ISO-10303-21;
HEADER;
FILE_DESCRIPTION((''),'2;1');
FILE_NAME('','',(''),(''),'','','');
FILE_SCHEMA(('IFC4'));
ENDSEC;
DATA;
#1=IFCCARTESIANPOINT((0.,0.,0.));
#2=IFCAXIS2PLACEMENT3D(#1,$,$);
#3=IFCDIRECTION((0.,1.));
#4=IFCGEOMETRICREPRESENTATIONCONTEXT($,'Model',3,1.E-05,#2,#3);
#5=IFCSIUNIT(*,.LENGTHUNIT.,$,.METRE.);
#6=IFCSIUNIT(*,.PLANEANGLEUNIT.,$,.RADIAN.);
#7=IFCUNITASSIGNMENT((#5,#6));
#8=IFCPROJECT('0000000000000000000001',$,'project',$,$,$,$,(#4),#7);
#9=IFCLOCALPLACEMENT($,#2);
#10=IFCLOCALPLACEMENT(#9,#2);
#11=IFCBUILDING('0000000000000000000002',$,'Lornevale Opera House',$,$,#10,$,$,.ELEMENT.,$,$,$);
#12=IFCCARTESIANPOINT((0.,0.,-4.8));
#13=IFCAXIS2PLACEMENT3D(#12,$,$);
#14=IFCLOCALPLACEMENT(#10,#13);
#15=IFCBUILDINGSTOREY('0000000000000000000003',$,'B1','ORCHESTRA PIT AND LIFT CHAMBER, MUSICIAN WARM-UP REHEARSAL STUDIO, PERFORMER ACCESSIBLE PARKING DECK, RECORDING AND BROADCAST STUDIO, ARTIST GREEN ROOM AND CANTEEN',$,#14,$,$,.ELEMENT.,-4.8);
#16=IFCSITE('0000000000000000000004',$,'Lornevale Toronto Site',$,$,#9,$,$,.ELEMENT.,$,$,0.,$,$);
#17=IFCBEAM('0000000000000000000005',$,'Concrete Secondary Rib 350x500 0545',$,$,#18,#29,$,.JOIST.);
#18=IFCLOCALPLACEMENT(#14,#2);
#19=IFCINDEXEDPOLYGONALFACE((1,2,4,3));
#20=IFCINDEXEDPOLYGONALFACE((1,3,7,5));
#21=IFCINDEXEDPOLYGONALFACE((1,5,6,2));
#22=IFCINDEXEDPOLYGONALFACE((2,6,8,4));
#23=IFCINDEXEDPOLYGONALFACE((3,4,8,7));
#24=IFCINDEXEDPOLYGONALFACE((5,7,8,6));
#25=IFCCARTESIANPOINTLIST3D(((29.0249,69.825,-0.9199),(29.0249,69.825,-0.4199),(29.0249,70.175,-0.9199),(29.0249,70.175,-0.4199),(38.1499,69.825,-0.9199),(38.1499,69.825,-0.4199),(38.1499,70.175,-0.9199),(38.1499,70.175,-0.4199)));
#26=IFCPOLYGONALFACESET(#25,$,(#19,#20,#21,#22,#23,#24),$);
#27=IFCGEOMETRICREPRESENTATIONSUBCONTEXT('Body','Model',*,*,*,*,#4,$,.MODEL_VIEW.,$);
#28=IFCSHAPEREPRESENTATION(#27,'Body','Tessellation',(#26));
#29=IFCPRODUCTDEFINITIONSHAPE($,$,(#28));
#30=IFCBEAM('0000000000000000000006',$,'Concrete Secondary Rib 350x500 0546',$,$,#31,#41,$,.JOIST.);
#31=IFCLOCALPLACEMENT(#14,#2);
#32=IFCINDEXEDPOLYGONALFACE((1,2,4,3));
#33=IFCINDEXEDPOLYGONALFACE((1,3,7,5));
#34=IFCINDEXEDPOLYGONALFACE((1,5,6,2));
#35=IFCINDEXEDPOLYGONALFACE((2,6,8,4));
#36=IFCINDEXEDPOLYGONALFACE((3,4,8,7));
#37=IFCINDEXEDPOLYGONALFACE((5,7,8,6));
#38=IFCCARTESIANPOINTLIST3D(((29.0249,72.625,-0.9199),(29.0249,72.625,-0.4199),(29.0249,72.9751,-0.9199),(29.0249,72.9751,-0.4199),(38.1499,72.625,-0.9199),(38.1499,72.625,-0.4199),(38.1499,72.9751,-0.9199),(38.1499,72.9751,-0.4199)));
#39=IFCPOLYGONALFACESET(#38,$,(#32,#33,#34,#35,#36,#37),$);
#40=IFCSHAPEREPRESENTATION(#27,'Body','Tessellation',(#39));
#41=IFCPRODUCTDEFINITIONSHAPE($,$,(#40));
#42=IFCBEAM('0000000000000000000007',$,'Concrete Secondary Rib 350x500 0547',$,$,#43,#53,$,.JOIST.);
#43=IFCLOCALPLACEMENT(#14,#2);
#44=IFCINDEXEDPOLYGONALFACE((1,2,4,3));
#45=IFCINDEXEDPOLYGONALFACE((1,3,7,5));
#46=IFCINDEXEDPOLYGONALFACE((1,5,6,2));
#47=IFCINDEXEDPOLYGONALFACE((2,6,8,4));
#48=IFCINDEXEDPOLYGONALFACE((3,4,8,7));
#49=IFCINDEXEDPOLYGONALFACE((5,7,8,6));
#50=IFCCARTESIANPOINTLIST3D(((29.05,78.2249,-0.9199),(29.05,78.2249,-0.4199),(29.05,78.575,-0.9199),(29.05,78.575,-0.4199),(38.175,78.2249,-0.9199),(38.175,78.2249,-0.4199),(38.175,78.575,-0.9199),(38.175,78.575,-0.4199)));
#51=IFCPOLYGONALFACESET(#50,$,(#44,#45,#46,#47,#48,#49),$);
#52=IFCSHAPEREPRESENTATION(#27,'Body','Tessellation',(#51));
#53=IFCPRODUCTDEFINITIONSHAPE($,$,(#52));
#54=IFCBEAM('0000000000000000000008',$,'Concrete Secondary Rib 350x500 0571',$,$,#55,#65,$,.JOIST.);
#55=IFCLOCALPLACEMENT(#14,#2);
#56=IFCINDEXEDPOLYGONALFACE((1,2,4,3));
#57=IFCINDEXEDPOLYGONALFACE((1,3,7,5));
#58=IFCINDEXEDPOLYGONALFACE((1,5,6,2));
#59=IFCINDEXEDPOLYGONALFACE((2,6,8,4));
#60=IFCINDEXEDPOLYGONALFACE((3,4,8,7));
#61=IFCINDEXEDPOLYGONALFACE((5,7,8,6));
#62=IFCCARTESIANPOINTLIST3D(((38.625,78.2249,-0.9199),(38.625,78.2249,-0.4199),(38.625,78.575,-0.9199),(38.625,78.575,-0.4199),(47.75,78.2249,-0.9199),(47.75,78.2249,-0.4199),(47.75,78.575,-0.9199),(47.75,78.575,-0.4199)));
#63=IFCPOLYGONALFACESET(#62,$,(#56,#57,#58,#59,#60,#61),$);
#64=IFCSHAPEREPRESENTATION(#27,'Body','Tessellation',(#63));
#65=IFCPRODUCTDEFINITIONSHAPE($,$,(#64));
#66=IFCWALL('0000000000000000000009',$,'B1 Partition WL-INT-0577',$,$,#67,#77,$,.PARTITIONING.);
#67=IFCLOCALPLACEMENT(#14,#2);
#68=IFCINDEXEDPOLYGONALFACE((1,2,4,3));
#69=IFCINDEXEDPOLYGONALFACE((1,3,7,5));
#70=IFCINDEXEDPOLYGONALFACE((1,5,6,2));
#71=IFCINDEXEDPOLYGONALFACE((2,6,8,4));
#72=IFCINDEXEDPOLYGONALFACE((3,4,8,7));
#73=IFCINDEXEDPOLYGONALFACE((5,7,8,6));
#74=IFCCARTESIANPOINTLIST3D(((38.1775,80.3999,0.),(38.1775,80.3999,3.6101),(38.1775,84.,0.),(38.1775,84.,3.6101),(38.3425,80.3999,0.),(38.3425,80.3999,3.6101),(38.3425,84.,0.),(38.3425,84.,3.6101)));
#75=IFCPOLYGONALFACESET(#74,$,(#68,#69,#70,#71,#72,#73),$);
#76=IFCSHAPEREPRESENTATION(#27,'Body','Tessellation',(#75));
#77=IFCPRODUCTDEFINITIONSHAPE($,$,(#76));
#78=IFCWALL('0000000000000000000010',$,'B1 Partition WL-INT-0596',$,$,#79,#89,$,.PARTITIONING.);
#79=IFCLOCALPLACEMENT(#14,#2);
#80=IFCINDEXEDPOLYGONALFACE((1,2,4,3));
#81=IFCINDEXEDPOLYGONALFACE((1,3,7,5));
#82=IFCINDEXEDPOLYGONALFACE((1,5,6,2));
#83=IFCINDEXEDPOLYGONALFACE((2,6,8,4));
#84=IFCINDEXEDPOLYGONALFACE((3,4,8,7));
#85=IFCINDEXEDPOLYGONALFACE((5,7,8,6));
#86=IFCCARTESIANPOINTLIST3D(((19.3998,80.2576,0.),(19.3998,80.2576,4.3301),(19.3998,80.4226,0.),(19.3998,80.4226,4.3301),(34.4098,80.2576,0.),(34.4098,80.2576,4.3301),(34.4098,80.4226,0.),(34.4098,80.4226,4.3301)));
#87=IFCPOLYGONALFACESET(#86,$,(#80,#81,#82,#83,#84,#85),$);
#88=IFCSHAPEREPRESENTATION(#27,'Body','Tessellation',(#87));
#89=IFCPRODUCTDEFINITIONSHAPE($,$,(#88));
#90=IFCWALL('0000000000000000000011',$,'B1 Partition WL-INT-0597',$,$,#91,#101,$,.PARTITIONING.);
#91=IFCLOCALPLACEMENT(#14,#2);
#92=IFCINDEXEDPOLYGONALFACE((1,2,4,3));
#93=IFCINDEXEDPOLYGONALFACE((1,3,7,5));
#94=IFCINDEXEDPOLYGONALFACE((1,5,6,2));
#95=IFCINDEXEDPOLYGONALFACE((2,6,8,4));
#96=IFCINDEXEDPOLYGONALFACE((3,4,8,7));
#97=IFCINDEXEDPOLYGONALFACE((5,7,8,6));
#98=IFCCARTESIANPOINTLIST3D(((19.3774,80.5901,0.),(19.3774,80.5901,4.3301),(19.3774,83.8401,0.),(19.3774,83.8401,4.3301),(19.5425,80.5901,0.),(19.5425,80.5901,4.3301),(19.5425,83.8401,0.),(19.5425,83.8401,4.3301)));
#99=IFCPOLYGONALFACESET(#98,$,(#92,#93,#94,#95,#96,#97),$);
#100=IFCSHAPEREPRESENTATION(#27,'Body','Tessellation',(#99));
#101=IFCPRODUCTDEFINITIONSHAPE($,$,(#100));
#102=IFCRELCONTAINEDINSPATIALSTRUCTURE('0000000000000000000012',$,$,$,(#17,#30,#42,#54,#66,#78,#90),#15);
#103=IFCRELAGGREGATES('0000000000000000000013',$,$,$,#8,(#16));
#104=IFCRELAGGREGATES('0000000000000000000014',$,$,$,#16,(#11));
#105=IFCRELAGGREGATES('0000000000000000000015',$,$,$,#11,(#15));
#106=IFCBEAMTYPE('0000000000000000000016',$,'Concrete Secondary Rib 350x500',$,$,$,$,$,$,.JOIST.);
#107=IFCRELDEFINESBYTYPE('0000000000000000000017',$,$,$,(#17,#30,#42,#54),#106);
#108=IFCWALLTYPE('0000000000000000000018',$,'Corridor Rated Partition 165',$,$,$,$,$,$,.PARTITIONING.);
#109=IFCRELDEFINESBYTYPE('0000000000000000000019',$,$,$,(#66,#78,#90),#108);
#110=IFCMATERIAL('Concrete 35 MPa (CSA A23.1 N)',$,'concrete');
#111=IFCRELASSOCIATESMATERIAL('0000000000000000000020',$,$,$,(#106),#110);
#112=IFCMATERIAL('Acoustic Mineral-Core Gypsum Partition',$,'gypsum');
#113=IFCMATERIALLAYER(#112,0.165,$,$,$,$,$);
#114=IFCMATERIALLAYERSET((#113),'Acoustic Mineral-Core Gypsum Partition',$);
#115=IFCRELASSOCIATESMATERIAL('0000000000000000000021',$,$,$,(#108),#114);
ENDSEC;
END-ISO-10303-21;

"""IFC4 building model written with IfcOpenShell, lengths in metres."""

from ifc_helpers import new_model, si_unit, direction, frame, frame_2d, origin, origin_2d, place, context, subcontext, project, spatial, rectangle, extrude, material, layer, layer_set, material_profile, profile_set, type_object, element, save


model = new_model("IFC4")

# Units and contexts
model_context = context("Model", 3, precision=1e-05, world=origin(), true_north=direction((0.0, 1.0)))
body_context = subcontext(model_context, "Body", "Model", "MODEL_VIEW")
ifc_project = project(units=[si_unit("LENGTHUNIT", "METRE"), si_unit("PLANEANGLEUNIT", "RADIAN")], contexts=[model_context])

# Site, building, storey
site_placement = place(None, origin())
site = spatial("IfcSite", under=ifc_project, at=site_placement, Name="Lornevale Toronto Site", CompositionType="ELEMENT", RefElevation=0.0)
building_placement = place(site_placement, origin())
building = spatial("IfcBuilding", under=site, at=building_placement, Name="Lornevale Opera House", CompositionType="ELEMENT")
storey_placement = place(building_placement, frame((0.0, 0.0, -4.8)))
storey = spatial("IfcBuildingStorey", under=building, at=storey_placement, Name="B1", Description="ORCHESTRA PIT AND LIFT CHAMBER, MUSICIAN WARM-UP REHEARSAL STUDIO, PERFORMER ACCESSIBLE PARKING DECK, RECORDING AND BROADCAST STUDIO, ARTIST GREEN ROOM AND CANTEEN", CompositionType="ELEMENT", Elevation=-4.8)

# Beams
ifc_material_1 = material(Name="Concrete 35 MPa (CSA A23.1 N)", Category="concrete")
ifc_material_profile_1 = material_profile(ifc_material_1, rectangle(XDim=0.3501, YDim=0.5, at=origin_2d()), Name="RC350x500")
ifc_profile_set_1 = profile_set([ifc_material_profile_1], Name="Concrete 35 MPa (CSA A23.1 N)")
beam_type_1 = type_object("IfcBeamType", Name="Concrete Secondary Rib 350x500", PredefinedType="JOIST", material=ifc_profile_set_1)
for number, where, z_axis, x_axis, name in (
    (1, (29.0249, 70.0, -0.6699), (1.0, 0.0, 0.0), (0.0, 1.0, 0.0), "Concrete Secondary Rib 350x500 0545"),
    (2, (29.0249, 72.8, -0.6699), (1.0, 0.0, 0.0), (0.0, 1.0, 0.0), "Concrete Secondary Rib 350x500 0546"),
    (3, (29.05, 78.3999, -0.6699), (1.0, 0.0, 0.0), (0.0, 1.0, 0.0), "Concrete Secondary Rib 350x500 0547"),
    (4, (38.625, 78.3999, -0.6699), (1.0, 0.0, 0.0), (0.0, 1.0, 0.0), "Concrete Secondary Rib 350x500 0571"),
):
    element("IfcBeam", number, at=place(storey_placement, frame(where, z_axis=z_axis, x_axis=x_axis)), inside=storey, type_object=beam_type_1, Name=name, PredefinedType="JOIST", context=body_context, shape_type="SweptSolid", body=[
        extrude(rectangle(XDim=0.3501, YDim=0.5, at=origin_2d()), origin(), (0.0, 0.0, 1.0), 9.125),
    ])

# Walls
ifc_material_2 = material(Name="Acoustic Mineral-Core Gypsum Partition", Category="gypsum")
ifc_layer = layer(ifc_material_2, 0.165)
ifc_layer_set = layer_set([ifc_layer], Name="Acoustic Mineral-Core Gypsum Partition")
wall_type = type_object("IfcWallType", Name="Corridor Rated Partition 165", PredefinedType="PARTITIONING", material=ifc_layer_set)
wall_1_placement = place(storey_placement, frame((38.26, 80.3999, 0.0), z_axis=(0.0, 0.0, 1.0), x_axis=(0.0, 1.0, 0.0)))
element("IfcWall", 5, at=wall_1_placement, inside=storey, type_object=wall_type, Name="B1 Partition WL-INT-0577", PredefinedType="PARTITIONING", context=body_context, shape_type="SweptSolid", body=[
    extrude(rectangle(XDim=3.6001, YDim=0.165, at=frame_2d((1.8, 0.0))), origin(), (0.0, 0.0, 1.0), 3.6101),
])
wall_2_placement = place(storey_placement, frame((19.3999, 80.3401, 0.0), z_axis=(0.0, 0.0, 1.0), x_axis=(1.0, 0.0, 0.0)))
element("IfcWall", 6, at=wall_2_placement, inside=storey, type_object=wall_type, Name="B1 Partition WL-INT-0596", PredefinedType="PARTITIONING", context=body_context, shape_type="SweptSolid", body=[
    extrude(rectangle(XDim=15.01, YDim=0.165, at=frame_2d((7.5049, 0.0))), origin(), (0.0, 0.0, 1.0), 4.3301),
])
wall_3_placement = place(storey_placement, frame((19.46, 80.5901, 0.0), z_axis=(0.0, 0.0, 1.0), x_axis=(0.0, 1.0, 0.0)))
element("IfcWall", 7, at=wall_3_placement, inside=storey, type_object=wall_type, Name="B1 Partition WL-INT-0597", PredefinedType="PARTITIONING", context=body_context, shape_type="SweptSolid", body=[
    extrude(rectangle(XDim=3.25, YDim=0.165, at=frame_2d((1.625, 0.0))), origin(), (0.0, 0.0, 1.0), 4.3301),
])

save(model, "model.ifc")
